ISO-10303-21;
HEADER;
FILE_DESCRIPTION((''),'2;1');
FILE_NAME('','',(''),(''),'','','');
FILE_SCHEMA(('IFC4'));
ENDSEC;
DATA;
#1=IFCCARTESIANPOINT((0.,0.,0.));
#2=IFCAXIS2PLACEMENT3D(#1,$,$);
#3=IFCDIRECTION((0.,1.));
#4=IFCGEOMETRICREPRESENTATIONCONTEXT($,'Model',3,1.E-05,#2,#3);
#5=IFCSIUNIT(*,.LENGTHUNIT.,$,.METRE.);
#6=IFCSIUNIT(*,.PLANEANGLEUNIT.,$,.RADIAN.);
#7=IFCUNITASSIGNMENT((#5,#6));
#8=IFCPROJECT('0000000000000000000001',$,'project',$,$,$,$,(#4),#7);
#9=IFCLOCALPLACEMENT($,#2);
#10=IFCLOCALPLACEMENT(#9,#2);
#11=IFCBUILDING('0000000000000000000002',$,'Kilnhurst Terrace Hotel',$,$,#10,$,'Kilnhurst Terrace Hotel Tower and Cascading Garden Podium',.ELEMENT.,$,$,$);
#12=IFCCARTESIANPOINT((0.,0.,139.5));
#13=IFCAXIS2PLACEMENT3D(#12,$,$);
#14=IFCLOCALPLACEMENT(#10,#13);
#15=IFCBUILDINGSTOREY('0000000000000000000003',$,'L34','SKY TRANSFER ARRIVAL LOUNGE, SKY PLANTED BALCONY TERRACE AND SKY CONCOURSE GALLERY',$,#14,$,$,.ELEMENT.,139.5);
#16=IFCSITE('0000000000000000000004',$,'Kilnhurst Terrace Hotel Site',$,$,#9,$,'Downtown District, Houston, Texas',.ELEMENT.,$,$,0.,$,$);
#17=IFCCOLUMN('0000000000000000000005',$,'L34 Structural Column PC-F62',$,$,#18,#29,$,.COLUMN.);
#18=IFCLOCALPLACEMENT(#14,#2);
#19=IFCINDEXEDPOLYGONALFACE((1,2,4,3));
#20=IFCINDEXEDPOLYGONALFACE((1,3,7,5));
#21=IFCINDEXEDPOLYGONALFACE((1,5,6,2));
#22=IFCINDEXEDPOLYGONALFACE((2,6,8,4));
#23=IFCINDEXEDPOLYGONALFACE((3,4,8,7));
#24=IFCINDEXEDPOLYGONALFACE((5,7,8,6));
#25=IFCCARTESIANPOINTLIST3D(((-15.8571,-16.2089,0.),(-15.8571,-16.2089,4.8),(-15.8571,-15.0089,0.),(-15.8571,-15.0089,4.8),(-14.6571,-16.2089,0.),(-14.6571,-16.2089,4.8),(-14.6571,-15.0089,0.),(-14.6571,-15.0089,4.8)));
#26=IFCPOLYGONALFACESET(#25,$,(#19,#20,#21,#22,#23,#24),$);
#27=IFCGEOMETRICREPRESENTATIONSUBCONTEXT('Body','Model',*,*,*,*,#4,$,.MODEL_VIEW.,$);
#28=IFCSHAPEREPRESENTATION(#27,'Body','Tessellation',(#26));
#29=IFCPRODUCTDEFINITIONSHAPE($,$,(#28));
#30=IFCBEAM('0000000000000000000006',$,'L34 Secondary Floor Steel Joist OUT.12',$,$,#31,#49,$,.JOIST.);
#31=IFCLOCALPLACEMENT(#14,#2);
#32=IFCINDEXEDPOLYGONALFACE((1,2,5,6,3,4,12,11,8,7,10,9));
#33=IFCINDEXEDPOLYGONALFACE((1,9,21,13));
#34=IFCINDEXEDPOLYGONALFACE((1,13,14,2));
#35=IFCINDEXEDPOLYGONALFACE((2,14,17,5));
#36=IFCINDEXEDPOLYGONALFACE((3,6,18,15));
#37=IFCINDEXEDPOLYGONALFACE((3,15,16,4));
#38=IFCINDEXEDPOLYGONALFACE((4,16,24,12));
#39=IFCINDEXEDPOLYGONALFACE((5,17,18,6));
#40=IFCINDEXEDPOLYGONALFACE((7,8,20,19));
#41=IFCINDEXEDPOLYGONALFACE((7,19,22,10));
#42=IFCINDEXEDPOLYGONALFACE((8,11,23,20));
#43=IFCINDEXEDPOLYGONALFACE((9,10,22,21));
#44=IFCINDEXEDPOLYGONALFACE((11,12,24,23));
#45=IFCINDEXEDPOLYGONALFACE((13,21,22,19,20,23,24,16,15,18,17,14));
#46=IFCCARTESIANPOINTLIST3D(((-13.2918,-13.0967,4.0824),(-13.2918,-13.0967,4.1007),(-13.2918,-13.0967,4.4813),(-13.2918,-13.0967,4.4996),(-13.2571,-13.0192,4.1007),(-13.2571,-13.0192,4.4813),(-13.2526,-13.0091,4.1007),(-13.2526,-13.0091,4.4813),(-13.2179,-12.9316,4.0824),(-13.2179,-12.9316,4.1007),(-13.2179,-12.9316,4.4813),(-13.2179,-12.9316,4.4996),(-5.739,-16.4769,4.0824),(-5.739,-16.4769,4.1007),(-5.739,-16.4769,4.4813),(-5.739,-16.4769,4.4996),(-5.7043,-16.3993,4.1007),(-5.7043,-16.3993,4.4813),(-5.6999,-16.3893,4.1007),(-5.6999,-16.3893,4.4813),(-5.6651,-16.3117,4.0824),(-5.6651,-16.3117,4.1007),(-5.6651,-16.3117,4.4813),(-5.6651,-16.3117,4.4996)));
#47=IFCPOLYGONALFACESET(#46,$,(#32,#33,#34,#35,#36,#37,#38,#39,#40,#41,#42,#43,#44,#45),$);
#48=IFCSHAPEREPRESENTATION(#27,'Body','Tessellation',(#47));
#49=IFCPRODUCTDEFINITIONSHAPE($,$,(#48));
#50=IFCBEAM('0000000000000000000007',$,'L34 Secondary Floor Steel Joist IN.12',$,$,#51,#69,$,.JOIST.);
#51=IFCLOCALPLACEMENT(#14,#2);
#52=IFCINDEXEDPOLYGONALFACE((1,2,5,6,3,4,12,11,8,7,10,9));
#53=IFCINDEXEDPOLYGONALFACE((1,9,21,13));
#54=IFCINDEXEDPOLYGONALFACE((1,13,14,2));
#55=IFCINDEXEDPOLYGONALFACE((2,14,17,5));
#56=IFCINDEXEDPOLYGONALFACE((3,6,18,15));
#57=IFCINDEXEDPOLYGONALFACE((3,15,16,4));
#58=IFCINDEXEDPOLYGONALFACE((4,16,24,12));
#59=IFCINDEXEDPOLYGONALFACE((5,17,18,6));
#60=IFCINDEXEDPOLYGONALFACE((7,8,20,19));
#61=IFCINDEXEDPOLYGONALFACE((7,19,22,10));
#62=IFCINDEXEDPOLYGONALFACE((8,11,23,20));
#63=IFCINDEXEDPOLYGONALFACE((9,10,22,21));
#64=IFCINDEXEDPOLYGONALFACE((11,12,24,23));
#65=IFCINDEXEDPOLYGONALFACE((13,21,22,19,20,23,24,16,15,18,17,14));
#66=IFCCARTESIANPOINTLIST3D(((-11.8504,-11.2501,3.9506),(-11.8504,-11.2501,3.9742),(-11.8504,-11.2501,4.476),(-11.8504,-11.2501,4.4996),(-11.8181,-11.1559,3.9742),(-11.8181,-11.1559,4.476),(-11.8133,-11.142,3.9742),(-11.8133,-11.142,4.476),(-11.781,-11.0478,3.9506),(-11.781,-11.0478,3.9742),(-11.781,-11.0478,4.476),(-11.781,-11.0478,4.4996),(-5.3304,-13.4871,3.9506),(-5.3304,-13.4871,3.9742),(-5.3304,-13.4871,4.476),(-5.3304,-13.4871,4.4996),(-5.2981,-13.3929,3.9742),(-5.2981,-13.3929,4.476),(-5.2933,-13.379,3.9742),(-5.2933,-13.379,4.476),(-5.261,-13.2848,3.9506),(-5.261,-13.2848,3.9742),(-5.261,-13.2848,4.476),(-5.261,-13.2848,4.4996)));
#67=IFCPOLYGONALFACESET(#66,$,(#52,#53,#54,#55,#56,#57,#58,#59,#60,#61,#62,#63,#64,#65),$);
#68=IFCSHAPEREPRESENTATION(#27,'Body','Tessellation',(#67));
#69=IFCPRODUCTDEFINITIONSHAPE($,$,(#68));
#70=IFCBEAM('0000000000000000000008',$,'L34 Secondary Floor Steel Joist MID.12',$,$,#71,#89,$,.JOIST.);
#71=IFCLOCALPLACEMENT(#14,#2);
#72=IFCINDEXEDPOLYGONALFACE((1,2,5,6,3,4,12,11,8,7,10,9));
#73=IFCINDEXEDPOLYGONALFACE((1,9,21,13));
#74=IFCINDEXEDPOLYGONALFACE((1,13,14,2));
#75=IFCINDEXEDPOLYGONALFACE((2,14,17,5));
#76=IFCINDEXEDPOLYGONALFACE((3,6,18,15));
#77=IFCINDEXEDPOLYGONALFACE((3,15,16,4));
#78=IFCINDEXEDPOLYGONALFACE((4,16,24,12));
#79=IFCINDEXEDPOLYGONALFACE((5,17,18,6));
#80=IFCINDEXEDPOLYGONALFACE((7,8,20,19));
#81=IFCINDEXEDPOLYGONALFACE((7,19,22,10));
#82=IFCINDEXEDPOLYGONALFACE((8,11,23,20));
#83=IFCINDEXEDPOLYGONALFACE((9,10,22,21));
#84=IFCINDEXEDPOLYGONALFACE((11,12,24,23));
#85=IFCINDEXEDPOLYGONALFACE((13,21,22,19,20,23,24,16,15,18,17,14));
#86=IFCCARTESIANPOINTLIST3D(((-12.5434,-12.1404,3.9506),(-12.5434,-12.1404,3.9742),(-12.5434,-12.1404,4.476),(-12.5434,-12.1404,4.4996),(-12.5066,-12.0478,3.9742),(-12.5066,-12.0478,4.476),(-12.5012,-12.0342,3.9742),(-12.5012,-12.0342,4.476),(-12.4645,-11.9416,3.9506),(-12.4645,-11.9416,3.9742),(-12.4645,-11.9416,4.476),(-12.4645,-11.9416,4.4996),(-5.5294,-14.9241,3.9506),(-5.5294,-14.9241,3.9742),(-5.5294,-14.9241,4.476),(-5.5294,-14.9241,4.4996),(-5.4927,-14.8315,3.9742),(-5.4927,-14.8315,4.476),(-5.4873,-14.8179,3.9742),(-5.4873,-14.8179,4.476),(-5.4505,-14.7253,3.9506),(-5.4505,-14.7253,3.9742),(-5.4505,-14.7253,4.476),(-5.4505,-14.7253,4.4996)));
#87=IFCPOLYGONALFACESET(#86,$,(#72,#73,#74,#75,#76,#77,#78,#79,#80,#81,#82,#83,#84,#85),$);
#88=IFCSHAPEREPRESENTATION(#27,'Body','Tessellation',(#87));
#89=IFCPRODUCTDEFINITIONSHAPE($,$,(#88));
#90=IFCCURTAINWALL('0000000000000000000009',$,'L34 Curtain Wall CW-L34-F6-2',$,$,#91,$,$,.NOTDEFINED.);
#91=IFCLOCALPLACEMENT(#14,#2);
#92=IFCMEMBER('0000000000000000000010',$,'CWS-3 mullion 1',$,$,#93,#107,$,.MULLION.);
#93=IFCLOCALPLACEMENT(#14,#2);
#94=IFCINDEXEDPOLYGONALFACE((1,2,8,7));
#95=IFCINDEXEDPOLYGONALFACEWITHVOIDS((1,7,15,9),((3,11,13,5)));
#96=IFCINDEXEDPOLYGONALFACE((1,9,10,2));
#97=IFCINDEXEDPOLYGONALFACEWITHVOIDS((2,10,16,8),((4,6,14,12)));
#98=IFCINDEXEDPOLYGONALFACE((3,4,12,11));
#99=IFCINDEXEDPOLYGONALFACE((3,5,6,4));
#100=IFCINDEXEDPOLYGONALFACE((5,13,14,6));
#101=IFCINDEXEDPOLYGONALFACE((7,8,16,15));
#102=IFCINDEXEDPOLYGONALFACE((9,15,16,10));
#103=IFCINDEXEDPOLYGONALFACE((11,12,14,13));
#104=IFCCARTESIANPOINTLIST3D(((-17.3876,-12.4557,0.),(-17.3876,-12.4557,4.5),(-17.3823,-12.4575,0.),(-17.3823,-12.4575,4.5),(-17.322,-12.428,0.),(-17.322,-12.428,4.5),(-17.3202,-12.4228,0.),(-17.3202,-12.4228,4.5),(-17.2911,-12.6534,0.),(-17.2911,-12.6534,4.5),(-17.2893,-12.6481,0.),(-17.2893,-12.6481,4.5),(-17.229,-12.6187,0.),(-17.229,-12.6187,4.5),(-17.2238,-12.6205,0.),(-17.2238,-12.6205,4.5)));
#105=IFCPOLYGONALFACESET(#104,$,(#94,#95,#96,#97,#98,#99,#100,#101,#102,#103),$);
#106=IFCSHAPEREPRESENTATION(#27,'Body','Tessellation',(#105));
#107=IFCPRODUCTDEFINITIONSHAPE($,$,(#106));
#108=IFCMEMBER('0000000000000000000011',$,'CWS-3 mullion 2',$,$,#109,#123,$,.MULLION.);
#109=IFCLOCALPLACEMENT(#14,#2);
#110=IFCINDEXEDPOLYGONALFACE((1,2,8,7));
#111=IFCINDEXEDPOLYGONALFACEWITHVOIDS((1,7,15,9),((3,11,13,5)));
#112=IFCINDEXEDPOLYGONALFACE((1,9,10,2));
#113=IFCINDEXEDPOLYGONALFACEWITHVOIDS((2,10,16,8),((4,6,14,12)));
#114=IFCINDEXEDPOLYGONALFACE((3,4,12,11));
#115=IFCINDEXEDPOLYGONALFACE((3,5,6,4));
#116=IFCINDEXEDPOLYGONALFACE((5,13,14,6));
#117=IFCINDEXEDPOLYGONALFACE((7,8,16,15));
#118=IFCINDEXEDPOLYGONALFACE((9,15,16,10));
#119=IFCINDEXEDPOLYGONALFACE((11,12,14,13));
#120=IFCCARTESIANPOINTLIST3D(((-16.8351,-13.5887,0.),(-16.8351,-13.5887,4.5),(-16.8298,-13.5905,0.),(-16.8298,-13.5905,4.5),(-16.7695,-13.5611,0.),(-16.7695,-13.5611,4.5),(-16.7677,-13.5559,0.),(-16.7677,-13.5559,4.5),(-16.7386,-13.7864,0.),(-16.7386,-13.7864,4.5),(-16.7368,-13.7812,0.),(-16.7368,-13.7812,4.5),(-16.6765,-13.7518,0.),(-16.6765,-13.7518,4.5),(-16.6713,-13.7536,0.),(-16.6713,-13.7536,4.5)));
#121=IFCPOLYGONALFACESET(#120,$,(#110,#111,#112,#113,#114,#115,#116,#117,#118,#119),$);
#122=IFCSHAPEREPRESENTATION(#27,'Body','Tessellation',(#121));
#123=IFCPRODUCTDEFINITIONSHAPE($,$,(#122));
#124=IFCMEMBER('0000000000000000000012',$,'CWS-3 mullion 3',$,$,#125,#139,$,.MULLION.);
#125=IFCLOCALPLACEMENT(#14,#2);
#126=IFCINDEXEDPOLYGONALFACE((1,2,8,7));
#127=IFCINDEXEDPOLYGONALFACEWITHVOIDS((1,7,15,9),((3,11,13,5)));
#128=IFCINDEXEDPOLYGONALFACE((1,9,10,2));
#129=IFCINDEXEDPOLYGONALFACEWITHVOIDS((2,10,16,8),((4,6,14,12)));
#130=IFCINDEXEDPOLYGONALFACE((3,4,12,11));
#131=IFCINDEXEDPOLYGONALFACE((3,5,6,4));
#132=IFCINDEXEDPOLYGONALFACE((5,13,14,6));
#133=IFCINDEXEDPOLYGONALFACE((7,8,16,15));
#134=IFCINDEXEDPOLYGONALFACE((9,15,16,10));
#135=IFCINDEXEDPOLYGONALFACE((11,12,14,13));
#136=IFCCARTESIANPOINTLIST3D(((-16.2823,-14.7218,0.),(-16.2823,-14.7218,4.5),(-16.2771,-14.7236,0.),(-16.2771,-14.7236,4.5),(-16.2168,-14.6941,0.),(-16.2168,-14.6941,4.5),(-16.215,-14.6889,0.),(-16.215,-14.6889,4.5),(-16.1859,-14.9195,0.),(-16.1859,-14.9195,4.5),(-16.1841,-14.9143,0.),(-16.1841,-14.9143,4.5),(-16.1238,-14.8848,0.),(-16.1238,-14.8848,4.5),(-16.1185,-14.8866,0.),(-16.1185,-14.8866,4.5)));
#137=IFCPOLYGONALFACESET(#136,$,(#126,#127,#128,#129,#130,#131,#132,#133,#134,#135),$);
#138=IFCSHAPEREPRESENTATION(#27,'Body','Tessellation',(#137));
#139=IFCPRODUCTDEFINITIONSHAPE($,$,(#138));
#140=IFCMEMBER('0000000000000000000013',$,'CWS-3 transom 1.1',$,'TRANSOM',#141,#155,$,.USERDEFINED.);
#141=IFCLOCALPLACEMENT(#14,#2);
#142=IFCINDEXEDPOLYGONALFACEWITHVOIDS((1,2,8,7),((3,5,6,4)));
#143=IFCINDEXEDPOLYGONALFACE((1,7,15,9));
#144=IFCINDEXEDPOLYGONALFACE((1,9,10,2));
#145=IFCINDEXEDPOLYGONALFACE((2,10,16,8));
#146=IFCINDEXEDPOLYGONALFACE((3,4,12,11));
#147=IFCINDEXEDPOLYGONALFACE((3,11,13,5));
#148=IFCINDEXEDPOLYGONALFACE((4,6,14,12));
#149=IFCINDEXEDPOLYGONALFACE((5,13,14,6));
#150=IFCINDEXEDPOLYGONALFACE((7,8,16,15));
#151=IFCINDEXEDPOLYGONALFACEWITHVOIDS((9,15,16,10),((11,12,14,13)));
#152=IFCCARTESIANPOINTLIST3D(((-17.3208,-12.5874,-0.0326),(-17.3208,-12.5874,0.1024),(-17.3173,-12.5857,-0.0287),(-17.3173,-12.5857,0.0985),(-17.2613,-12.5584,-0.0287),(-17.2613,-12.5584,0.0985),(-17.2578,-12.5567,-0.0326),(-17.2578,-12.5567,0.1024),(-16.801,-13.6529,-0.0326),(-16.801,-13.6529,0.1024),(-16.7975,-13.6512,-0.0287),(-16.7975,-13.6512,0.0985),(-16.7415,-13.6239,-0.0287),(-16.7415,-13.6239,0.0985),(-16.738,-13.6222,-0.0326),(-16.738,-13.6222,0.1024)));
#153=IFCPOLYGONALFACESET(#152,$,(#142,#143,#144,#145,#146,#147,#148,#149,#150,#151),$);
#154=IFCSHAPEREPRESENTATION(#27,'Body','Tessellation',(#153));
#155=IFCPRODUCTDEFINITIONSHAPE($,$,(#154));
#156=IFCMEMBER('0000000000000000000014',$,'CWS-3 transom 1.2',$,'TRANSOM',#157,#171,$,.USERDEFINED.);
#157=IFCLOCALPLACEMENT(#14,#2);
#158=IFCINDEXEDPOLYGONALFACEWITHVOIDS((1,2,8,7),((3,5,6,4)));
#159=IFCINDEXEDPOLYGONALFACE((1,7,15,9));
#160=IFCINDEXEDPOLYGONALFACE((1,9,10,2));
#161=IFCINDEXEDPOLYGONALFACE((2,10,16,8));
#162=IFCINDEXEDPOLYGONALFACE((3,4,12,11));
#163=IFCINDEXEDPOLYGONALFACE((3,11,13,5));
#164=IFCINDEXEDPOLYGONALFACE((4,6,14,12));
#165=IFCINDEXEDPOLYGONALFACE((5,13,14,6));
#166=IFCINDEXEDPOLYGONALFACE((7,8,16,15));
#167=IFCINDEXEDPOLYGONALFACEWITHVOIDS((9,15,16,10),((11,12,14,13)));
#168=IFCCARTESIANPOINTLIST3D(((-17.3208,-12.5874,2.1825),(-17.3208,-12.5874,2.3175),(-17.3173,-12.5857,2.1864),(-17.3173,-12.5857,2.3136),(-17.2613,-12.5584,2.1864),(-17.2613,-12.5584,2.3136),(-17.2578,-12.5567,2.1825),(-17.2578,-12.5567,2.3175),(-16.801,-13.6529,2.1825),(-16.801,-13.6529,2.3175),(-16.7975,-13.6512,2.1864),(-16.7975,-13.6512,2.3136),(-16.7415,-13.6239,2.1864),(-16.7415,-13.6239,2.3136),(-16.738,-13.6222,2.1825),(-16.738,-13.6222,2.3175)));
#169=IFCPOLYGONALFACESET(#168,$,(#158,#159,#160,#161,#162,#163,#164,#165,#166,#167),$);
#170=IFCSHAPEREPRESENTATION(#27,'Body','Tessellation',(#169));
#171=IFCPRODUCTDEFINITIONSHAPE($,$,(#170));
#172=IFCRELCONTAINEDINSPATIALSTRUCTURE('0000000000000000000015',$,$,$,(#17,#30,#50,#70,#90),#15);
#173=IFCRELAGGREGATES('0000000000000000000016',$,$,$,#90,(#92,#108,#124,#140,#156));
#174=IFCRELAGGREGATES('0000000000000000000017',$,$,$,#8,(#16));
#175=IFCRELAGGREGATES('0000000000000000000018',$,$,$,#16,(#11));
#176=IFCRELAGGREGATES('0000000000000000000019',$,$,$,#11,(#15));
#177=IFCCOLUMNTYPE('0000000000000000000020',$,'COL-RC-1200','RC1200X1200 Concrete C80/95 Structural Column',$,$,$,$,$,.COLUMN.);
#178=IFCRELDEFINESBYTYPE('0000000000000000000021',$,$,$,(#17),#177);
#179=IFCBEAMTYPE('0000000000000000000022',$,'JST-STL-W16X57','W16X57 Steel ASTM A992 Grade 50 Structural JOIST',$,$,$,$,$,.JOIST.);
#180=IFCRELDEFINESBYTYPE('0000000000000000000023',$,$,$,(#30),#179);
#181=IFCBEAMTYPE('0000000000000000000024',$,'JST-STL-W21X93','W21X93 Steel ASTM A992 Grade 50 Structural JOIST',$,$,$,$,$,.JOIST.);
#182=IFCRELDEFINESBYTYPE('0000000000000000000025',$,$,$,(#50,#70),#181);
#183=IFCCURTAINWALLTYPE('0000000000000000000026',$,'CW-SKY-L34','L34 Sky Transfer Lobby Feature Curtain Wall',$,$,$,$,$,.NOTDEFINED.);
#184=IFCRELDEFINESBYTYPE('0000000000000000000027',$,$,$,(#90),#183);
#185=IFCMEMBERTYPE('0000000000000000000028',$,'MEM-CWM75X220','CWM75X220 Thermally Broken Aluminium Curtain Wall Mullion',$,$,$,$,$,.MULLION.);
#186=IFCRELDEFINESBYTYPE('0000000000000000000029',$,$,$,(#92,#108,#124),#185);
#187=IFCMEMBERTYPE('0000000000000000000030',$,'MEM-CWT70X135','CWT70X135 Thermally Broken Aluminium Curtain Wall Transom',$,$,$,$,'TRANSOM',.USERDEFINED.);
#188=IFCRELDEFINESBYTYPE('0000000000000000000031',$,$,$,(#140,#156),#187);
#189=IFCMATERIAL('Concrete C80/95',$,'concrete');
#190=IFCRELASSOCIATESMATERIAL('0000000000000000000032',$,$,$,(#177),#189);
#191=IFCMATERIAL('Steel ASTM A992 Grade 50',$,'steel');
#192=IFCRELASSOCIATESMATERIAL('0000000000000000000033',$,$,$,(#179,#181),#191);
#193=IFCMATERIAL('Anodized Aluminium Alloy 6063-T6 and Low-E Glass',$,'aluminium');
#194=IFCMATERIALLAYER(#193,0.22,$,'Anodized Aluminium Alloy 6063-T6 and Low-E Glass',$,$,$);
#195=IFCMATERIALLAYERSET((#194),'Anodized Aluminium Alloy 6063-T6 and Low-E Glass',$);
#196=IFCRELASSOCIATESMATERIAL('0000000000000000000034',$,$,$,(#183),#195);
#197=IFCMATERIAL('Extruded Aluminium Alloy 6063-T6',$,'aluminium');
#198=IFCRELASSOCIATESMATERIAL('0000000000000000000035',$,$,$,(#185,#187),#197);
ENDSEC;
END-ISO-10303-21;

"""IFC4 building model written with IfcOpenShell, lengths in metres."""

from ifc_helpers import new_model, si_unit, direction, frame, origin, origin_2d, place, context, subcontext, project, spatial, rectangle, hollow_rectangle, i_section, extrude, material, layer, layer_set, material_profile, profile_set, type_object, element, aggregate, save


model = new_model("IFC4")

# Units and contexts
model_context = context("Model", 3, precision=1e-05, world=origin(), true_north=direction((0.0, 1.0)))
body_context = subcontext(model_context, "Body", "Model", "MODEL_VIEW")
ifc_project = project(units=[si_unit("LENGTHUNIT", "METRE"), si_unit("PLANEANGLEUNIT", "RADIAN")], contexts=[model_context])

# Site, building, storey
site_placement = place(None, origin())
site = spatial("IfcSite", under=ifc_project, at=site_placement, Name="Kilnhurst Terrace Hotel Site", LongName="Downtown District, Houston, Texas", CompositionType="ELEMENT", RefElevation=0.0)
building_placement = place(site_placement, origin())
building = spatial("IfcBuilding", under=site, at=building_placement, Name="Kilnhurst Terrace Hotel", LongName="Kilnhurst Terrace Hotel Tower and Cascading Garden Podium", CompositionType="ELEMENT")
storey_placement = place(building_placement, frame((0.0, 0.0, 139.5)))
storey = spatial("IfcBuildingStorey", under=building, at=storey_placement, Name="L34", Description="SKY TRANSFER ARRIVAL LOUNGE, SKY PLANTED BALCONY TERRACE AND SKY CONCOURSE GALLERY", CompositionType="ELEMENT", Elevation=139.5)

# Column
ifc_material_1 = material(Name="Concrete C80/95", Category="concrete")
ifc_material_profile_1 = material_profile(ifc_material_1, rectangle(XDim=1.2, YDim=1.2, at=origin_2d()), Name="RC1200X1200")
ifc_profile_set_1 = profile_set([ifc_material_profile_1], Name="Concrete C80/95")
column_type = type_object("IfcColumnType", Name="COL-RC-1200", Description="RC1200X1200 Concrete C80/95 Structural Column", PredefinedType="COLUMN", material=ifc_profile_set_1)
column_placement = place(storey_placement, frame((-15.2571, -15.6089, 0.0), z_axis=(0.0, 0.0, 1.0), x_axis=(1.0, 0.0, 0.0)))
element("IfcColumn", 1, at=column_placement, inside=storey, type_object=column_type, Name="L34 Structural Column PC-F62", PredefinedType="COLUMN", context=body_context, shape_type="SweptSolid", body=[
    extrude(rectangle(XDim=1.2, YDim=1.2, at=origin_2d()), origin(), (0.0, 0.0, 1.0), 4.8),
])

# Beams
ifc_material_2 = material(Name="Steel ASTM A992 Grade 50", Category="steel")
ifc_material_profile_2 = material_profile(ifc_material_2, i_section(OverallWidth=0.1809, OverallDepth=0.4172, WebThickness=0.011, FlangeThickness=0.0183, at=origin_2d()), Name="W16X57")
ifc_profile_set_2 = profile_set([ifc_material_profile_2], Name="Steel ASTM A992 Grade 50")
beam_type_1 = type_object("IfcBeamType", Name="JST-STL-W16X57", Description="W16X57 Steel ASTM A992 Grade 50 Structural JOIST", PredefinedType="JOIST", material=ifc_profile_set_2)
beam_1_placement = place(storey_placement, frame((-13.2549, -13.0142, 4.291), z_axis=(0.912761, -0.408494, 0.0), x_axis=(0.408494, 0.912761, 0.0)))
element("IfcBeam", 2, at=beam_1_placement, inside=storey, type_object=beam_type_1, Name="L34 Secondary Floor Steel Joist OUT.12", PredefinedType="JOIST", context=body_context, shape_type="SweptSolid", body=[
    extrude(i_section(OverallWidth=0.1809, OverallDepth=0.4172, WebThickness=0.011, FlangeThickness=0.0183, at=origin_2d()), origin(), (0.0, 0.0, 1.0), 8.2747),
])
ifc_material_profile_3 = material_profile(ifc_material_2, i_section(OverallWidth=0.2139, OverallDepth=0.5491, WebThickness=0.0146, FlangeThickness=0.0237, at=origin_2d()), Name="W21X93")
ifc_profile_set_3 = profile_set([ifc_material_profile_3], Name="Steel ASTM A992 Grade 50")
beam_type_2 = type_object("IfcBeamType", Name="JST-STL-W21X93", Description="W21X93 Steel ASTM A992 Grade 50 Structural JOIST", PredefinedType="JOIST", material=ifc_profile_set_3)
beam_2_placement = place(storey_placement, frame((-11.8157, -11.1489, 4.2251), z_axis=(0.945874, -0.324535, 0.0), x_axis=(0.324535, 0.945874, 0.0)))
element("IfcBeam", 3, at=beam_2_placement, inside=storey, type_object=beam_type_2, Name="L34 Secondary Floor Steel Joist IN.12", PredefinedType="JOIST", context=body_context, shape_type="SweptSolid", body=[
    extrude(i_section(OverallWidth=0.2139, OverallDepth=0.5491, WebThickness=0.0146, FlangeThickness=0.0237, at=origin_2d()), origin(), (0.0, 0.0, 1.0), 6.8931),
])
beam_3_placement = place(storey_placement, frame((-12.5039, -12.041, 4.2251), z_axis=(0.929473, -0.36889, 0.0), x_axis=(0.36889, 0.929473, 0.0)))
element("IfcBeam", 4, at=beam_3_placement, inside=storey, type_object=beam_type_2, Name="L34 Secondary Floor Steel Joist MID.12", PredefinedType="JOIST", context=body_context, shape_type="SweptSolid", body=[
    extrude(i_section(OverallWidth=0.2139, OverallDepth=0.5491, WebThickness=0.0146, FlangeThickness=0.0237, at=origin_2d()), origin(), (0.0, 0.0, 1.0), 7.5461),
])

# Curtain wall, members
ifc_material_3 = material(Name="Anodized Aluminium Alloy 6063-T6 and Low-E Glass", Category="aluminium")
ifc_layer_1 = layer(ifc_material_3, 0.22, Name="Anodized Aluminium Alloy 6063-T6 and Low-E Glass")
ifc_layer_set_1 = layer_set([ifc_layer_1], Name="Anodized Aluminium Alloy 6063-T6 and Low-E Glass")
curtain_wall_type = type_object("IfcCurtainWallType", Name="CW-SKY-L34", Description="L34 Sky Transfer Lobby Feature Curtain Wall", PredefinedType="NOTDEFINED", material=ifc_layer_set_1)
curtain_wall_placement = place(storey_placement, origin())
curtain_wall = element("IfcCurtainWall", 5, at=curtain_wall_placement, inside=storey, type_object=curtain_wall_type, Name="L34 Curtain Wall CW-L34-F6-2", PredefinedType="NOTDEFINED")
ifc_material_4 = material(Name="Extruded Aluminium Alloy 6063-T6", Category="aluminium")
ifc_material_profile_4 = material_profile(ifc_material_4, hollow_rectangle(XDim=0.075, YDim=0.22, WallThickness=0.0039, at=origin_2d()), Name="CWM75X220")
ifc_profile_set_4 = profile_set([ifc_material_profile_4], Name="Extruded Aluminium Alloy 6063-T6")
member_type_1 = type_object("IfcMemberType", Name="MEM-CWM75X220", Description="CWM75X220 Thermally Broken Aluminium Curtain Wall Mullion", PredefinedType="MULLION", material=ifc_profile_set_4)
member_1_placement = place(storey_placement, frame((-17.3057, -12.5381, 0.0), z_axis=(0.0, 0.0, 1.0), x_axis=(0.898798, 0.438363, 0.0)))
member_1 = element("IfcMember", 6, at=member_1_placement, type_object=member_type_1, Name="CWS-3 mullion 1", PredefinedType="MULLION", context=body_context, shape_type="SweptSolid", body=[
    extrude(hollow_rectangle(XDim=0.075, YDim=0.22, WallThickness=0.0039, at=origin_2d()), origin(), (0.0, 0.0, 1.0), 4.5),
])
member_2_placement = place(storey_placement, frame((-16.7532, -13.6711, 0.0), z_axis=(0.0, 0.0, 1.0), x_axis=(0.898798, 0.438363, 0.0)))
member_2 = element("IfcMember", 7, at=member_2_placement, type_object=member_type_1, Name="CWS-3 mullion 2", PredefinedType="MULLION", context=body_context, shape_type="SweptSolid", body=[
    extrude(hollow_rectangle(XDim=0.075, YDim=0.22, WallThickness=0.0039, at=origin_2d()), origin(), (0.0, 0.0, 1.0), 4.5),
])
member_3_placement = place(storey_placement, frame((-16.2004, -14.8042, 0.0), z_axis=(0.0, 0.0, 1.0), x_axis=(0.898798, 0.438363, 0.0)))
member_3 = element("IfcMember", 8, at=member_3_placement, type_object=member_type_1, Name="CWS-3 mullion 3", PredefinedType="MULLION", context=body_context, shape_type="SweptSolid", body=[
    extrude(hollow_rectangle(XDim=0.075, YDim=0.22, WallThickness=0.0039, at=origin_2d()), origin(), (0.0, 0.0, 1.0), 4.5),
])
ifc_material_profile_5 = material_profile(ifc_material_4, hollow_rectangle(XDim=0.0701, YDim=0.135, WallThickness=0.0039, at=origin_2d()), Name="CWT70X135")
ifc_profile_set_5 = profile_set([ifc_material_profile_5], Name="Extruded Aluminium Alloy 6063-T6")
member_type_2 = type_object("IfcMemberType", Name="MEM-CWT70X135", Description="CWT70X135 Thermally Broken Aluminium Curtain Wall Transom", ElementType="TRANSOM", PredefinedType="USERDEFINED", material=ifc_profile_set_5)
member_4_placement = place(storey_placement, frame((-17.2893, -12.572, 0.0349), z_axis=(0.43846, -0.898751, 0.0), x_axis=(0.898751, 0.43846, 0.0)))
member_4 = element("IfcMember", 9, at=member_4_placement, type_object=member_type_2, Name="CWS-3 transom 1.1", ObjectType="TRANSOM", PredefinedType="USERDEFINED", context=body_context, shape_type="SweptSolid", body=[
    extrude(hollow_rectangle(XDim=0.0701, YDim=0.135, WallThickness=0.0039, at=origin_2d()), origin(), (0.0, 0.0, 1.0), 1.1855),
])
member_5_placement = place(storey_placement, frame((-17.2893, -12.572, 2.25), z_axis=(0.43846, -0.898751, 0.0), x_axis=(0.898751, 0.43846, 0.0)))
member_5 = element("IfcMember", 10, at=member_5_placement, type_object=member_type_2, Name="CWS-3 transom 1.2", ObjectType="TRANSOM", PredefinedType="USERDEFINED", context=body_context, shape_type="SweptSolid", body=[
    extrude(hollow_rectangle(XDim=0.0701, YDim=0.135, WallThickness=0.0039, at=origin_2d()), origin(), (0.0, 0.0, 1.0), 1.1855),
])

aggregate(curtain_wall, [member_1, member_2, member_3, member_4, member_5])

save(model, "model.ifc")
